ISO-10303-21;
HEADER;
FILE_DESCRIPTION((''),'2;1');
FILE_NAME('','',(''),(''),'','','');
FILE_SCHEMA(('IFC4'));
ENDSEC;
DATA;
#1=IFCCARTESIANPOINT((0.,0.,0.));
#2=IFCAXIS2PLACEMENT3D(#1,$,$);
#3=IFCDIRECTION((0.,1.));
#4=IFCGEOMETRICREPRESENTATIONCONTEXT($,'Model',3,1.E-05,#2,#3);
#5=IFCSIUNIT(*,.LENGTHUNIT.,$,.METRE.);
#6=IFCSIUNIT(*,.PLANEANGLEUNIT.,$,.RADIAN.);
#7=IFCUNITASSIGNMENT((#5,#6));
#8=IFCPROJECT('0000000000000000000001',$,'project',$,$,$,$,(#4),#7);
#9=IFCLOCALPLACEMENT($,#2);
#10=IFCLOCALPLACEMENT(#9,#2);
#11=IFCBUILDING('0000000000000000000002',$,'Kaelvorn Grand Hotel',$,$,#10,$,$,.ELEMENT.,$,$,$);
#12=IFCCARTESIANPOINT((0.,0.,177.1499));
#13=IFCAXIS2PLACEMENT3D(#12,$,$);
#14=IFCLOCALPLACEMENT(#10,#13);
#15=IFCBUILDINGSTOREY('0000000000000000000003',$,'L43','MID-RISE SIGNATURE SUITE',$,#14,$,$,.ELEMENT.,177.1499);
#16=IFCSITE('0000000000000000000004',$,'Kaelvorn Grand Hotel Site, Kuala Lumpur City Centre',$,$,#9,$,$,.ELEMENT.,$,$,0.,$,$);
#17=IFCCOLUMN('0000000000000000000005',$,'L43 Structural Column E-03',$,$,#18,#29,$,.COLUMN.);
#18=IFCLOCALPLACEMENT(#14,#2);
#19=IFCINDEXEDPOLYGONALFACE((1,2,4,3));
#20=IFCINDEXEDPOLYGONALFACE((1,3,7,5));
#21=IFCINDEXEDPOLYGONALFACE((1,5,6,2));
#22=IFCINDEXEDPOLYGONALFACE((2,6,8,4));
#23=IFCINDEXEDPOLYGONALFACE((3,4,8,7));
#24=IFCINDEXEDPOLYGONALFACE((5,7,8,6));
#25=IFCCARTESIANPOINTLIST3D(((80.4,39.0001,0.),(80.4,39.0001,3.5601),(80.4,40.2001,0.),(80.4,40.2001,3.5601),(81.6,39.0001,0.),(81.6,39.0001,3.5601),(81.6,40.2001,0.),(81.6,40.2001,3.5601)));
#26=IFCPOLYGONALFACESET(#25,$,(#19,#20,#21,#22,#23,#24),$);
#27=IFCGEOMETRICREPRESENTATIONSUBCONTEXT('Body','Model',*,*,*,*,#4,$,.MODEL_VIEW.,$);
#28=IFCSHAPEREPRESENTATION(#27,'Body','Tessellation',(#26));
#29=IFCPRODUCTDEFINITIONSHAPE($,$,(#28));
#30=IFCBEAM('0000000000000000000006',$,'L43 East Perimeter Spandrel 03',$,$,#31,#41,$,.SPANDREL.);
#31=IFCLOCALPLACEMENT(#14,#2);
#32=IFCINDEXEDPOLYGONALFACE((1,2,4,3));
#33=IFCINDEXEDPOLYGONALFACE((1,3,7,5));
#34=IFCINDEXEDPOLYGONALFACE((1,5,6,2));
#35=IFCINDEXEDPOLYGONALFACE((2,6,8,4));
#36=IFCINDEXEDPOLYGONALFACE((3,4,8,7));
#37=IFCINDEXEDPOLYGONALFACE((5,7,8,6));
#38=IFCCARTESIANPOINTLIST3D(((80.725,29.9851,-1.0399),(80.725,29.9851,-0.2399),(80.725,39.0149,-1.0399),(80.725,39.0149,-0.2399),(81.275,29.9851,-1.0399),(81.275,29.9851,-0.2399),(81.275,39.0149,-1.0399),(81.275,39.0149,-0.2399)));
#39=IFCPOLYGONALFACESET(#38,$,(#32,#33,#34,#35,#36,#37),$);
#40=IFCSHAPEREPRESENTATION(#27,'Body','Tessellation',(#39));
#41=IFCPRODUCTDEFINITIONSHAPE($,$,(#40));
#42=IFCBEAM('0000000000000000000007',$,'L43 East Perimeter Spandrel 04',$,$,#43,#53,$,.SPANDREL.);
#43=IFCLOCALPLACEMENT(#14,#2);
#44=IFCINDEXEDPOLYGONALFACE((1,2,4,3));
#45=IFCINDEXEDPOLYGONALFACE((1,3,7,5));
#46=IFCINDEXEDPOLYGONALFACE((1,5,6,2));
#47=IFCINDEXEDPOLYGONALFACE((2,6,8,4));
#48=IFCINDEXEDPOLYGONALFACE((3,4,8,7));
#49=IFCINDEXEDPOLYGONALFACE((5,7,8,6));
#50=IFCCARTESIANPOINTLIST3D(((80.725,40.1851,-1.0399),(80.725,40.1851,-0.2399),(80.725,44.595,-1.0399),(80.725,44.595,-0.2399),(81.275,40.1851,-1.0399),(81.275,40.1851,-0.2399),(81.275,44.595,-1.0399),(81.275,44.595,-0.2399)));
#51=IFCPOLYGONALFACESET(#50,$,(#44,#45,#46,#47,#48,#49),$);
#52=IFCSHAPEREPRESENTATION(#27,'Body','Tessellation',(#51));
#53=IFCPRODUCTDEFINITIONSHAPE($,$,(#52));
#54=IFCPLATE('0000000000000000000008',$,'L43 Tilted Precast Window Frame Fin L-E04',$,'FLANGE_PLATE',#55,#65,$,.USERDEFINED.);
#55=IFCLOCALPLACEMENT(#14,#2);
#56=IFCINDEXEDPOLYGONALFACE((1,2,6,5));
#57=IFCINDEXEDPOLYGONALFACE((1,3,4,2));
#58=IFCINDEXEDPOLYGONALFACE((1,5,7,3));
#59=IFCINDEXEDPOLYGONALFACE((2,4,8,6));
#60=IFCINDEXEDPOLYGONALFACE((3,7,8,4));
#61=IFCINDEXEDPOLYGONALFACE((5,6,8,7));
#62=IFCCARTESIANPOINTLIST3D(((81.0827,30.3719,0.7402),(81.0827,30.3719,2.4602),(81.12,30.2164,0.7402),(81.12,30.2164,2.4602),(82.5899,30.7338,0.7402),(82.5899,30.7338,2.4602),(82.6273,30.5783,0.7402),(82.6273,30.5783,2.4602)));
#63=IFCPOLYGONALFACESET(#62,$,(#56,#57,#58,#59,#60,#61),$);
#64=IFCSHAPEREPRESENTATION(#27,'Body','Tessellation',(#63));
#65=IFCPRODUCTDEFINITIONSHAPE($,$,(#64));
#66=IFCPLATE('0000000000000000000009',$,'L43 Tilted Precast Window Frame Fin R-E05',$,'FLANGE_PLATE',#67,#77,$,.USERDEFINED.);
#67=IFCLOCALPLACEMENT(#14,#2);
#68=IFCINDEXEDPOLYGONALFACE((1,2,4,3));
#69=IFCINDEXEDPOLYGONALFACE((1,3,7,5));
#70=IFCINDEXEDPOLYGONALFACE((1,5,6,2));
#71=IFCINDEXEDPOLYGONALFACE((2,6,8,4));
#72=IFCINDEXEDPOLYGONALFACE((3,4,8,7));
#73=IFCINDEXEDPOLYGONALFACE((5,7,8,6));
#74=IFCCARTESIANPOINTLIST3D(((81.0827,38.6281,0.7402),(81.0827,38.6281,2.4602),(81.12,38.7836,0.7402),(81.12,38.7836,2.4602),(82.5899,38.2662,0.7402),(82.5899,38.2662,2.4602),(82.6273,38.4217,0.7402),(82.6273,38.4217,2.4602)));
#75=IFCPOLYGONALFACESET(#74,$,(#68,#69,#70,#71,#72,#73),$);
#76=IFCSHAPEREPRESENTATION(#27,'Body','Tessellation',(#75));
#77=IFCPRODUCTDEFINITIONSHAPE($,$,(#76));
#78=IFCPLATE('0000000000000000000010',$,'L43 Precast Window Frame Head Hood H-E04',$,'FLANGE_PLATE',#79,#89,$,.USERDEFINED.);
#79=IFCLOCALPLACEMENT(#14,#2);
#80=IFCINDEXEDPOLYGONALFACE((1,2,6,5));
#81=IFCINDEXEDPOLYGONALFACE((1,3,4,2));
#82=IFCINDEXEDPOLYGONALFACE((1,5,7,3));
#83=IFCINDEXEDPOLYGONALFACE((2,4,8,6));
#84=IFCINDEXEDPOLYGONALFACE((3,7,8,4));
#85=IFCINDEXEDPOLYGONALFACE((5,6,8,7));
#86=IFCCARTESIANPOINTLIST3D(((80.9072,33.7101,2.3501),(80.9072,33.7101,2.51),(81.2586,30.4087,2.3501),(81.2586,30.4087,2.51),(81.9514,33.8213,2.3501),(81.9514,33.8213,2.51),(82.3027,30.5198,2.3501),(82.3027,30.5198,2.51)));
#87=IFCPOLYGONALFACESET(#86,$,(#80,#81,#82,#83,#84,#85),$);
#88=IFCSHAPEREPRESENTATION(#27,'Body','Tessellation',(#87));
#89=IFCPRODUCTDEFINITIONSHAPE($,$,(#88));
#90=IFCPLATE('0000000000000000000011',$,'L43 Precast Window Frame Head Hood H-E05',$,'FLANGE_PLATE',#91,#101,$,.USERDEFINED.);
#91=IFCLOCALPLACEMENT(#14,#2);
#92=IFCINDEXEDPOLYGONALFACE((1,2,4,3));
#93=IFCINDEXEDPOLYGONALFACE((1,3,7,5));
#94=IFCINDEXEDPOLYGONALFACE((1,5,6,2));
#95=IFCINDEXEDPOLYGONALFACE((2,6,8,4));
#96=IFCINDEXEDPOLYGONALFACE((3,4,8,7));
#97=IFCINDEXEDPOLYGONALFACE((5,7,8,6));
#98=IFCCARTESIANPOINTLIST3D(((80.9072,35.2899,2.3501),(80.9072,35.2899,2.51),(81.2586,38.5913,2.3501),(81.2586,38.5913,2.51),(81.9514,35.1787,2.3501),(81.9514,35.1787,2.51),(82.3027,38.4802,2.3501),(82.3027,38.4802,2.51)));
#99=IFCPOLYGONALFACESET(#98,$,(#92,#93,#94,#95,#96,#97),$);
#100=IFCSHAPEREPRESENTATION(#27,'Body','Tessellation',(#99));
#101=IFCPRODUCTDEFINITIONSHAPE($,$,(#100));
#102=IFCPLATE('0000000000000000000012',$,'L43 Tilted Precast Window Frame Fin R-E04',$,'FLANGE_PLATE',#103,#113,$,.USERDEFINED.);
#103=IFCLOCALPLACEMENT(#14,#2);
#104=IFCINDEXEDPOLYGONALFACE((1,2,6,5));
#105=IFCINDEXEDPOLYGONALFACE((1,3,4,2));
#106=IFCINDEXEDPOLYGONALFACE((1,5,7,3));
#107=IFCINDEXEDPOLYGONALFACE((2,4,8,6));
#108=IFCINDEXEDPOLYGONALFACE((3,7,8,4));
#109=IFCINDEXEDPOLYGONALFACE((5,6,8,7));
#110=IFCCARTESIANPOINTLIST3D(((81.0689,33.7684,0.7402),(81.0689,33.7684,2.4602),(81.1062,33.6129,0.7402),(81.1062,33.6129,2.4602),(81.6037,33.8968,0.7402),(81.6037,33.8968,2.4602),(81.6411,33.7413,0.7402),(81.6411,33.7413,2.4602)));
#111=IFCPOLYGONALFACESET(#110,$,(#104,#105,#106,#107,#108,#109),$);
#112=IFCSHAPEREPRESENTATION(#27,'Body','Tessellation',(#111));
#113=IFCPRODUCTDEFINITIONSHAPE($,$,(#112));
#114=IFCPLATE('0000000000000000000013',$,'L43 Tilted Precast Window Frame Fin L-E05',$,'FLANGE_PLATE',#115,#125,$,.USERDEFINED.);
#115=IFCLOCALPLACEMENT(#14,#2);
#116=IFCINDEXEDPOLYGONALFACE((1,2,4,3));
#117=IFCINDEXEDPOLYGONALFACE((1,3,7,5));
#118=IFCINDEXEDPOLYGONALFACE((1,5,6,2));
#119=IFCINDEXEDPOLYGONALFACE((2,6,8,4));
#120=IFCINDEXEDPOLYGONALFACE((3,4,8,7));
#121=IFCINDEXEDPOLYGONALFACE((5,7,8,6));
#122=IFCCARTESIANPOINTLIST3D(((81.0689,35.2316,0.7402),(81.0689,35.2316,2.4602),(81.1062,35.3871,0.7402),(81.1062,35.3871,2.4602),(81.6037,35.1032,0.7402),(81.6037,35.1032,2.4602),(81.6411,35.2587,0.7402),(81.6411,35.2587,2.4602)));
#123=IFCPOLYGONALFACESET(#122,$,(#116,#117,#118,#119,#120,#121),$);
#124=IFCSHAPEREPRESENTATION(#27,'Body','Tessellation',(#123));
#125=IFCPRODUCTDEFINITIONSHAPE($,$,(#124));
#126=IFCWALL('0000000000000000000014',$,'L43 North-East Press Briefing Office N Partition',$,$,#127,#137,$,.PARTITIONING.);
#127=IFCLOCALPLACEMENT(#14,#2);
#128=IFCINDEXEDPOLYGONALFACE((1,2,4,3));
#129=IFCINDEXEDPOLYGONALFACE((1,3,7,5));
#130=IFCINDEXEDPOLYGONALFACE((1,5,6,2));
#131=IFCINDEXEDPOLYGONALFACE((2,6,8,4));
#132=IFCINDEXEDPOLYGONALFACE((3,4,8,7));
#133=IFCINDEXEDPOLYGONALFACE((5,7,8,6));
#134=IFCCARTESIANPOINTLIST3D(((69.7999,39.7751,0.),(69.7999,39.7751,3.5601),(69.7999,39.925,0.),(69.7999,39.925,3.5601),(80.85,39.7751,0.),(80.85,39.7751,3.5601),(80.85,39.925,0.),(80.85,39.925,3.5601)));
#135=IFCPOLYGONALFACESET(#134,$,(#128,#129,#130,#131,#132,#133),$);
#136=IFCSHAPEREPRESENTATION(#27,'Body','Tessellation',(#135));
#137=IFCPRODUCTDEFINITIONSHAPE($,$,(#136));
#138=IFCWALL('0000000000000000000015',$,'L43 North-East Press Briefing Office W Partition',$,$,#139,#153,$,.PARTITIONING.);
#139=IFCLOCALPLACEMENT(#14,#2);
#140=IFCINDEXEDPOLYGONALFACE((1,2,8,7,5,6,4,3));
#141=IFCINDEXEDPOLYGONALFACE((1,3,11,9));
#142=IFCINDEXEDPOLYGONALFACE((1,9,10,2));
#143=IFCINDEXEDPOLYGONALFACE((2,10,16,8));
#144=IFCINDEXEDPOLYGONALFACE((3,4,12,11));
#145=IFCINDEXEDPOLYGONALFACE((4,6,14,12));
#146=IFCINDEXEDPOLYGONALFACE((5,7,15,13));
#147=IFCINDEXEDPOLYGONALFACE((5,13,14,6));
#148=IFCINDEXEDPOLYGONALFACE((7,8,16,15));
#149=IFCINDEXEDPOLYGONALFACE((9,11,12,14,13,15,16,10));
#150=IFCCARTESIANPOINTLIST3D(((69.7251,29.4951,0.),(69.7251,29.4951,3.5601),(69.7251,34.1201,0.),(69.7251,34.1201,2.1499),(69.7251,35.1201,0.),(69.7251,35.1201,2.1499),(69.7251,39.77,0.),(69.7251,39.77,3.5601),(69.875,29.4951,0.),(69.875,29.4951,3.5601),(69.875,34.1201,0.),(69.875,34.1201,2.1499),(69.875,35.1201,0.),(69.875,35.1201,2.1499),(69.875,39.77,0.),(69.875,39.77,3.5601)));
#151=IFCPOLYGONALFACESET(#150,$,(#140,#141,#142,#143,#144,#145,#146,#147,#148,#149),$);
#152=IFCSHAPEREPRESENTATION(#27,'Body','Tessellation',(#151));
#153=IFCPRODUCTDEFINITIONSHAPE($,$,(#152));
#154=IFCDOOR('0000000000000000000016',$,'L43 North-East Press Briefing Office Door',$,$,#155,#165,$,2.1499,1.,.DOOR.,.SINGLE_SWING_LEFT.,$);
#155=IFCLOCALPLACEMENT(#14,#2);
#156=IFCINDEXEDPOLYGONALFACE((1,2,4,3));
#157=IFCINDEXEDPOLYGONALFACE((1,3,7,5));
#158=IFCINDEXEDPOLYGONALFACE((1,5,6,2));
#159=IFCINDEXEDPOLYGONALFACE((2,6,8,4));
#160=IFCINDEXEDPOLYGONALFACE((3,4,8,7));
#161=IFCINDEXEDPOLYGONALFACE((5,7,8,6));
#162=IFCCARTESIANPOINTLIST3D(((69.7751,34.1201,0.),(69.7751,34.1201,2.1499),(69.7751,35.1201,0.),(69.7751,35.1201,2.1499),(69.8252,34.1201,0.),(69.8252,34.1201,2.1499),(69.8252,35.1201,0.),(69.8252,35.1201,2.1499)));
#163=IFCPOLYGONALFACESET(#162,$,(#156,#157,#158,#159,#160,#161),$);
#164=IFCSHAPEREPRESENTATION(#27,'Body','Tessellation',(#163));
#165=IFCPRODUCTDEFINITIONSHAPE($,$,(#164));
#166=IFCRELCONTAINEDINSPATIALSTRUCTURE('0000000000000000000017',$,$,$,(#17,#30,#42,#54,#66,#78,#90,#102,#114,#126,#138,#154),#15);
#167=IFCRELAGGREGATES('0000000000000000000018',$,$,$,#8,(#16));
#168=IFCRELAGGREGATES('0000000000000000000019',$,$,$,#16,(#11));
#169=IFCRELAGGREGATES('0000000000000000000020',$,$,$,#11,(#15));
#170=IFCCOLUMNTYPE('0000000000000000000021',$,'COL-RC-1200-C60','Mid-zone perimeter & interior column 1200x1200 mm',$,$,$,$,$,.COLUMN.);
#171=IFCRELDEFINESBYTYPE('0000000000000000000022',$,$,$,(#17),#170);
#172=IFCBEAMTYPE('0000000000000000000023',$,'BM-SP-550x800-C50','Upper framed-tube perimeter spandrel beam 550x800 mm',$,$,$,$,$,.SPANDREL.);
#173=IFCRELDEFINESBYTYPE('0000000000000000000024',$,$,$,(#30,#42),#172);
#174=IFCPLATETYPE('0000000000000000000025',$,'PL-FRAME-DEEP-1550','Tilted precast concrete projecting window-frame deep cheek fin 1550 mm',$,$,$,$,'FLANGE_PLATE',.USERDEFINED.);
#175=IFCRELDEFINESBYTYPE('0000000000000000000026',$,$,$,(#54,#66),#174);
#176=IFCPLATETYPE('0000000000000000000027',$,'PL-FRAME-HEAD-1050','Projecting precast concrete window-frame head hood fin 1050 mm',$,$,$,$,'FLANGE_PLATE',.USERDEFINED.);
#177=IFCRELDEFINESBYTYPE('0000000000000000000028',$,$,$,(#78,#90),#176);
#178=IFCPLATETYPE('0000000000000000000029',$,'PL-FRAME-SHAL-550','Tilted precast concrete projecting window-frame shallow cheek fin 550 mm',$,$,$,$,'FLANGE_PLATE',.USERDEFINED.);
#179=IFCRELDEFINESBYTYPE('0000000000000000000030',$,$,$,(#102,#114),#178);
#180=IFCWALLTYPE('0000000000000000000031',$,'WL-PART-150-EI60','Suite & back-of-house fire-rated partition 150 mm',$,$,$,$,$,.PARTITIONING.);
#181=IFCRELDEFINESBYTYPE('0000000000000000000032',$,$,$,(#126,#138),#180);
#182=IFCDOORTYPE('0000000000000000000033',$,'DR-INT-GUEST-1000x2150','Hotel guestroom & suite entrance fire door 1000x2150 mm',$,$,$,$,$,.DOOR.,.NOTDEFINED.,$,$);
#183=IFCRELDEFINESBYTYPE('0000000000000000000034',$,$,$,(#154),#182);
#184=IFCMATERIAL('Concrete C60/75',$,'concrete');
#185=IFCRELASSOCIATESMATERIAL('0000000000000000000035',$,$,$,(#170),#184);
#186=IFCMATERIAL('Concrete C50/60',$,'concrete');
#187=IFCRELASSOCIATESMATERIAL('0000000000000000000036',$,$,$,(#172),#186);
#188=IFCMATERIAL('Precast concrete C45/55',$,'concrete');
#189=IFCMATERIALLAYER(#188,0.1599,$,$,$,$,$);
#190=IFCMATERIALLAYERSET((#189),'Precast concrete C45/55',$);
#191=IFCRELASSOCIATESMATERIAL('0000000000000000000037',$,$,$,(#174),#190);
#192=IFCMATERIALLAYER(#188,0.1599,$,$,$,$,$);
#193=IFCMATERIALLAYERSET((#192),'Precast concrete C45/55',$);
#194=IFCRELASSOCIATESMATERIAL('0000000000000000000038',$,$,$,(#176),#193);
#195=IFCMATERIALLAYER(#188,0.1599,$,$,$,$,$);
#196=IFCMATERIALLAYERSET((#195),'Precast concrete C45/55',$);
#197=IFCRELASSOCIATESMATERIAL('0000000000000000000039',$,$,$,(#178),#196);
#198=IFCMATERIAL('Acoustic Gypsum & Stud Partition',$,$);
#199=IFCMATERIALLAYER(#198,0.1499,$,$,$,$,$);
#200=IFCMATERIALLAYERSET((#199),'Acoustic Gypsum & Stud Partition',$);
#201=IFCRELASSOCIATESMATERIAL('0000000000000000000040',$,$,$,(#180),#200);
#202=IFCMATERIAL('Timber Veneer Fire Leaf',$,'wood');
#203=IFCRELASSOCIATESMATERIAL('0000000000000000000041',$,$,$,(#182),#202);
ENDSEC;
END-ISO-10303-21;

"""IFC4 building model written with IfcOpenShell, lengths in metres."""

from ifc_helpers import new_model, si_unit, direction, frame, frame_2d, origin, origin_2d, place, context, subcontext, project, spatial, rectangle, extrude, material, layer, layer_set, material_profile, profile_set, type_object, element, fill, save


model = new_model("IFC4")

# Units and contexts
model_context = context("Model", 3, precision=1e-05, world=origin(), true_north=direction((0.0, 1.0)))
body_context = subcontext(model_context, "Body", "Model", "MODEL_VIEW")
ifc_project = project(units=[si_unit("LENGTHUNIT", "METRE"), si_unit("PLANEANGLEUNIT", "RADIAN")], contexts=[model_context])

# Site, building, storey
site_placement = place(None, origin())
site = spatial("IfcSite", under=ifc_project, at=site_placement, Name="Kaelvorn Grand Hotel Site, Kuala Lumpur City Centre", CompositionType="ELEMENT", RefElevation=0.0)
building_placement = place(site_placement, origin())
building = spatial("IfcBuilding", under=site, at=building_placement, Name="Kaelvorn Grand Hotel", CompositionType="ELEMENT")
storey_placement = place(building_placement, frame((0.0, 0.0, 177.1499)))
storey = spatial("IfcBuildingStorey", under=building, at=storey_placement, Name="L43", Description="MID-RISE SIGNATURE SUITE", CompositionType="ELEMENT", Elevation=177.1499)

# Column
ifc_material_1 = material(Name="Concrete C60/75", Category="concrete")
ifc_material_profile_1 = material_profile(ifc_material_1, rectangle(XDim=1.2, YDim=1.2, at=origin_2d()), Name="RC COL 1200x1200")
ifc_profile_set_1 = profile_set([ifc_material_profile_1], Name="Concrete C60/75")
column_type = type_object("IfcColumnType", Name="COL-RC-1200-C60", Description="Mid-zone perimeter & interior column 1200x1200 mm", PredefinedType="COLUMN", material=ifc_profile_set_1)
column_placement = place(storey_placement, frame((81.0, 39.6001, 0.0), z_axis=(0.0, 0.0, 1.0), x_axis=(1.0, 0.0, 0.0)))
element("IfcColumn", 1, at=column_placement, inside=storey, type_object=column_type, Name="L43 Structural Column E-03", PredefinedType="COLUMN", context=body_context, shape_type="SweptSolid", body=[
    extrude(rectangle(XDim=1.2, YDim=1.2, at=origin_2d()), origin(), (0.0, 0.0, 1.0), 3.5601),
])

# Beams
ifc_material_2 = material(Name="Concrete C50/60", Category="concrete")
ifc_material_profile_2 = material_profile(ifc_material_2, rectangle(XDim=0.55, YDim=0.8, at=origin_2d()), Name="RC SPANDREL 550x800")
ifc_profile_set_2 = profile_set([ifc_material_profile_2], Name="Concrete C50/60")
beam_type = type_object("IfcBeamType", Name="BM-SP-550x800-C50", Description="Upper framed-tube perimeter spandrel beam 550x800 mm", PredefinedType="SPANDREL", material=ifc_profile_set_2)
beam_1_placement = place(storey_placement, frame((81.0, 29.9851, -0.6399), z_axis=(0.0, 1.0, 0.0), x_axis=(-1.0, 0.0, 0.0)))
element("IfcBeam", 2, at=beam_1_placement, inside=storey, type_object=beam_type, Name="L43 East Perimeter Spandrel 03", PredefinedType="SPANDREL", context=body_context, shape_type="SweptSolid", body=[
    extrude(rectangle(XDim=0.55, YDim=0.8, at=origin_2d()), origin(), (0.0, 0.0, 1.0), 9.0298),
])
beam_2_placement = place(storey_placement, frame((81.0, 40.1851, -0.6399), z_axis=(0.0, 1.0, 0.0), x_axis=(-1.0, 0.0, 0.0)))
element("IfcBeam", 3, at=beam_2_placement, inside=storey, type_object=beam_type, Name="L43 East Perimeter Spandrel 04", PredefinedType="SPANDREL", context=body_context, shape_type="SweptSolid", body=[
    extrude(rectangle(XDim=0.55, YDim=0.8, at=origin_2d()), origin(), (0.0, 0.0, 1.0), 4.4099),
])

# Plates
ifc_material_3 = material(Name="Precast concrete C45/55", Category="concrete")
ifc_layer_1 = layer(ifc_material_3, 0.1599)
ifc_layer_set_1 = layer_set([ifc_layer_1], Name="Precast concrete C45/55")
plate_type_1 = type_object("IfcPlateType", Name="PL-FRAME-DEEP-1550", Description="Tilted precast concrete projecting window-frame deep cheek fin 1550 mm", ElementType="FLANGE_PLATE", PredefinedType="USERDEFINED", material=ifc_layer_set_1)
for number, where, z_axis, x_axis, name in (
    (4, (81.855, 30.4751, 0.7402), (0.0, 0.0, 1.0), (-0.233445, 0.97237, 0.0), "L43 Tilted Precast Window Frame Fin L-E04"),
    (5, (81.855, 38.5249, 0.7402), (0.0, 0.0, 1.0), (0.233445, 0.97237, 0.0), "L43 Tilted Precast Window Frame Fin R-E05"),
):
    element("IfcPlate", number, at=place(storey_placement, frame(where, z_axis=z_axis, x_axis=x_axis)), inside=storey, type_object=plate_type_1, Name=name, ObjectType="FLANGE_PLATE", PredefinedType="USERDEFINED", context=body_context, shape_type="SweptSolid", body=[
        extrude(rectangle(XDim=0.1599, YDim=1.55, at=origin_2d()), origin(), (0.0, 0.0, 1.0), 1.72),
    ])
ifc_layer_2 = layer(ifc_material_3, 0.1599)
ifc_layer_set_2 = layer_set([ifc_layer_2], Name="Precast concrete C45/55")
plate_type_2 = type_object("IfcPlateType", Name="PL-FRAME-HEAD-1050", Description="Projecting precast concrete window-frame head hood fin 1050 mm", ElementType="FLANGE_PLATE", PredefinedType="USERDEFINED", material=ifc_layer_set_2)
for number, where, z_axis, x_axis, name in (
    (6, (81.605, 32.115, 2.3501), (0.0, 0.0, 1.0), (-0.10583, 0.994384, 0.0), "L43 Precast Window Frame Head Hood H-E04"),
    (7, (81.605, 36.885, 2.3501), (0.0, 0.0, 1.0), (0.10583, 0.994384, 0.0), "L43 Precast Window Frame Head Hood H-E05"),
):
    element("IfcPlate", number, at=place(storey_placement, frame(where, z_axis=z_axis, x_axis=x_axis)), inside=storey, type_object=plate_type_2, Name=name, ObjectType="FLANGE_PLATE", PredefinedType="USERDEFINED", context=body_context, shape_type="SweptSolid", body=[
        extrude(rectangle(XDim=3.3201, YDim=1.05, at=origin_2d()), origin(), (0.0, 0.0, 1.0), 0.1599),
    ])
ifc_layer_3 = layer(ifc_material_3, 0.1599)
ifc_layer_set_3 = layer_set([ifc_layer_3], Name="Precast concrete C45/55")
plate_type_3 = type_object("IfcPlateType", Name="PL-FRAME-SHAL-550", Description="Tilted precast concrete projecting window-frame shallow cheek fin 550 mm", ElementType="FLANGE_PLATE", PredefinedType="USERDEFINED", material=ifc_layer_set_3)
for number, where, z_axis, x_axis, name in (
    (8, (81.355, 33.7549, 0.7402), (0.0, 0.0, 1.0), (-0.233445, 0.97237, 0.0), "L43 Tilted Precast Window Frame Fin R-E04"),
    (9, (81.355, 35.2451, 0.7402), (0.0, 0.0, 1.0), (0.233445, 0.97237, 0.0), "L43 Tilted Precast Window Frame Fin L-E05"),
):
    element("IfcPlate", number, at=place(storey_placement, frame(where, z_axis=z_axis, x_axis=x_axis)), inside=storey, type_object=plate_type_3, Name=name, ObjectType="FLANGE_PLATE", PredefinedType="USERDEFINED", context=body_context, shape_type="SweptSolid", body=[
        extrude(rectangle(XDim=0.1599, YDim=0.55, at=origin_2d()), origin(), (0.0, 0.0, 1.0), 1.72),
    ])

# Wall
ifc_material_4 = material(Name="Acoustic Gypsum & Stud Partition")
ifc_layer_4 = layer(ifc_material_4, 0.1499)
ifc_layer_set_4 = layer_set([ifc_layer_4], Name="Acoustic Gypsum & Stud Partition")
wall_type = type_object("IfcWallType", Name="WL-PART-150-EI60", Description="Suite & back-of-house fire-rated partition 150 mm", PredefinedType="PARTITIONING", material=ifc_layer_set_4)
wall_1_placement = place(storey_placement, frame((69.8, 39.8501, 0.0), z_axis=(0.0, 0.0, 1.0), x_axis=(1.0, 0.0, 0.0)))
element("IfcWall", 10, at=wall_1_placement, inside=storey, type_object=wall_type, Name="L43 North-East Press Briefing Office N Partition", PredefinedType="PARTITIONING", context=body_context, shape_type="SweptSolid", body=[
    extrude(rectangle(XDim=11.05, YDim=0.1499, at=frame_2d((5.5249, 0.0))), origin(), (0.0, 0.0, 1.0), 3.5601),
])

# Wall, opening, door
wall_2_placement = place(storey_placement, frame((69.8, 29.4951, 0.0), z_axis=(0.0, 0.0, 1.0), x_axis=(0.0, 1.0, 0.0)))
wall_2 = element("IfcWall", 11, at=wall_2_placement, inside=storey, type_object=wall_type, Name="L43 North-East Press Briefing Office W Partition", PredefinedType="PARTITIONING", context=body_context, shape_type="SweptSolid", body=[
    extrude(rectangle(XDim=10.2749, YDim=0.1499, at=frame_2d((5.1375, 0.0))), origin(), (0.0, 0.0, 1.0), 3.5601),
])
opening_1_placement = place(wall_2_placement, frame((4.625, 0.0, 0.0)))
opening_1 = element("IfcOpeningElement", 12, at=opening_1_placement, cuts=wall_2, PredefinedType="OPENING", context=body_context, shape_type="SweptSolid", body=[
    extrude(rectangle(XDim=1.0, YDim=2.1499, at=frame_2d((0.5, 1.075))), frame((0.0, 0.085, 0.0), z_axis=(0.0, -1.0, 0.0), x_axis=(1.0, 0.0, 0.0)), (0.0, 0.0, 1.0), 0.1699),
])
ifc_material_5 = material(Name="Timber Veneer Fire Leaf", Category="wood")
door_type = type_object("IfcDoorType", Name="DR-INT-GUEST-1000x2150", Description="Hotel guestroom & suite entrance fire door 1000x2150 mm", OperationType="NOTDEFINED", PredefinedType="DOOR", material=ifc_material_5)
door_1_placement = place(opening_1_placement, origin())
door_1 = element("IfcDoor", 13, at=door_1_placement, inside=storey, type_object=door_type, Name="L43 North-East Press Briefing Office Door", OperationType="SINGLE_SWING_LEFT", OverallHeight=2.1499, OverallWidth=1.0, PredefinedType="DOOR", context=body_context, shape_type="SweptSolid", body=[
    extrude(rectangle(XDim=1.0, YDim=2.1499, at=frame_2d((0.5, 1.075))), frame((0.0, 0.0249, 0.0), z_axis=(0.0, -1.0, 0.0), x_axis=(1.0, 0.0, 0.0)), (0.0, 0.0, 1.0), 0.05),
])
fill(opening_1, door_1)

save(model, "model.ifc")
